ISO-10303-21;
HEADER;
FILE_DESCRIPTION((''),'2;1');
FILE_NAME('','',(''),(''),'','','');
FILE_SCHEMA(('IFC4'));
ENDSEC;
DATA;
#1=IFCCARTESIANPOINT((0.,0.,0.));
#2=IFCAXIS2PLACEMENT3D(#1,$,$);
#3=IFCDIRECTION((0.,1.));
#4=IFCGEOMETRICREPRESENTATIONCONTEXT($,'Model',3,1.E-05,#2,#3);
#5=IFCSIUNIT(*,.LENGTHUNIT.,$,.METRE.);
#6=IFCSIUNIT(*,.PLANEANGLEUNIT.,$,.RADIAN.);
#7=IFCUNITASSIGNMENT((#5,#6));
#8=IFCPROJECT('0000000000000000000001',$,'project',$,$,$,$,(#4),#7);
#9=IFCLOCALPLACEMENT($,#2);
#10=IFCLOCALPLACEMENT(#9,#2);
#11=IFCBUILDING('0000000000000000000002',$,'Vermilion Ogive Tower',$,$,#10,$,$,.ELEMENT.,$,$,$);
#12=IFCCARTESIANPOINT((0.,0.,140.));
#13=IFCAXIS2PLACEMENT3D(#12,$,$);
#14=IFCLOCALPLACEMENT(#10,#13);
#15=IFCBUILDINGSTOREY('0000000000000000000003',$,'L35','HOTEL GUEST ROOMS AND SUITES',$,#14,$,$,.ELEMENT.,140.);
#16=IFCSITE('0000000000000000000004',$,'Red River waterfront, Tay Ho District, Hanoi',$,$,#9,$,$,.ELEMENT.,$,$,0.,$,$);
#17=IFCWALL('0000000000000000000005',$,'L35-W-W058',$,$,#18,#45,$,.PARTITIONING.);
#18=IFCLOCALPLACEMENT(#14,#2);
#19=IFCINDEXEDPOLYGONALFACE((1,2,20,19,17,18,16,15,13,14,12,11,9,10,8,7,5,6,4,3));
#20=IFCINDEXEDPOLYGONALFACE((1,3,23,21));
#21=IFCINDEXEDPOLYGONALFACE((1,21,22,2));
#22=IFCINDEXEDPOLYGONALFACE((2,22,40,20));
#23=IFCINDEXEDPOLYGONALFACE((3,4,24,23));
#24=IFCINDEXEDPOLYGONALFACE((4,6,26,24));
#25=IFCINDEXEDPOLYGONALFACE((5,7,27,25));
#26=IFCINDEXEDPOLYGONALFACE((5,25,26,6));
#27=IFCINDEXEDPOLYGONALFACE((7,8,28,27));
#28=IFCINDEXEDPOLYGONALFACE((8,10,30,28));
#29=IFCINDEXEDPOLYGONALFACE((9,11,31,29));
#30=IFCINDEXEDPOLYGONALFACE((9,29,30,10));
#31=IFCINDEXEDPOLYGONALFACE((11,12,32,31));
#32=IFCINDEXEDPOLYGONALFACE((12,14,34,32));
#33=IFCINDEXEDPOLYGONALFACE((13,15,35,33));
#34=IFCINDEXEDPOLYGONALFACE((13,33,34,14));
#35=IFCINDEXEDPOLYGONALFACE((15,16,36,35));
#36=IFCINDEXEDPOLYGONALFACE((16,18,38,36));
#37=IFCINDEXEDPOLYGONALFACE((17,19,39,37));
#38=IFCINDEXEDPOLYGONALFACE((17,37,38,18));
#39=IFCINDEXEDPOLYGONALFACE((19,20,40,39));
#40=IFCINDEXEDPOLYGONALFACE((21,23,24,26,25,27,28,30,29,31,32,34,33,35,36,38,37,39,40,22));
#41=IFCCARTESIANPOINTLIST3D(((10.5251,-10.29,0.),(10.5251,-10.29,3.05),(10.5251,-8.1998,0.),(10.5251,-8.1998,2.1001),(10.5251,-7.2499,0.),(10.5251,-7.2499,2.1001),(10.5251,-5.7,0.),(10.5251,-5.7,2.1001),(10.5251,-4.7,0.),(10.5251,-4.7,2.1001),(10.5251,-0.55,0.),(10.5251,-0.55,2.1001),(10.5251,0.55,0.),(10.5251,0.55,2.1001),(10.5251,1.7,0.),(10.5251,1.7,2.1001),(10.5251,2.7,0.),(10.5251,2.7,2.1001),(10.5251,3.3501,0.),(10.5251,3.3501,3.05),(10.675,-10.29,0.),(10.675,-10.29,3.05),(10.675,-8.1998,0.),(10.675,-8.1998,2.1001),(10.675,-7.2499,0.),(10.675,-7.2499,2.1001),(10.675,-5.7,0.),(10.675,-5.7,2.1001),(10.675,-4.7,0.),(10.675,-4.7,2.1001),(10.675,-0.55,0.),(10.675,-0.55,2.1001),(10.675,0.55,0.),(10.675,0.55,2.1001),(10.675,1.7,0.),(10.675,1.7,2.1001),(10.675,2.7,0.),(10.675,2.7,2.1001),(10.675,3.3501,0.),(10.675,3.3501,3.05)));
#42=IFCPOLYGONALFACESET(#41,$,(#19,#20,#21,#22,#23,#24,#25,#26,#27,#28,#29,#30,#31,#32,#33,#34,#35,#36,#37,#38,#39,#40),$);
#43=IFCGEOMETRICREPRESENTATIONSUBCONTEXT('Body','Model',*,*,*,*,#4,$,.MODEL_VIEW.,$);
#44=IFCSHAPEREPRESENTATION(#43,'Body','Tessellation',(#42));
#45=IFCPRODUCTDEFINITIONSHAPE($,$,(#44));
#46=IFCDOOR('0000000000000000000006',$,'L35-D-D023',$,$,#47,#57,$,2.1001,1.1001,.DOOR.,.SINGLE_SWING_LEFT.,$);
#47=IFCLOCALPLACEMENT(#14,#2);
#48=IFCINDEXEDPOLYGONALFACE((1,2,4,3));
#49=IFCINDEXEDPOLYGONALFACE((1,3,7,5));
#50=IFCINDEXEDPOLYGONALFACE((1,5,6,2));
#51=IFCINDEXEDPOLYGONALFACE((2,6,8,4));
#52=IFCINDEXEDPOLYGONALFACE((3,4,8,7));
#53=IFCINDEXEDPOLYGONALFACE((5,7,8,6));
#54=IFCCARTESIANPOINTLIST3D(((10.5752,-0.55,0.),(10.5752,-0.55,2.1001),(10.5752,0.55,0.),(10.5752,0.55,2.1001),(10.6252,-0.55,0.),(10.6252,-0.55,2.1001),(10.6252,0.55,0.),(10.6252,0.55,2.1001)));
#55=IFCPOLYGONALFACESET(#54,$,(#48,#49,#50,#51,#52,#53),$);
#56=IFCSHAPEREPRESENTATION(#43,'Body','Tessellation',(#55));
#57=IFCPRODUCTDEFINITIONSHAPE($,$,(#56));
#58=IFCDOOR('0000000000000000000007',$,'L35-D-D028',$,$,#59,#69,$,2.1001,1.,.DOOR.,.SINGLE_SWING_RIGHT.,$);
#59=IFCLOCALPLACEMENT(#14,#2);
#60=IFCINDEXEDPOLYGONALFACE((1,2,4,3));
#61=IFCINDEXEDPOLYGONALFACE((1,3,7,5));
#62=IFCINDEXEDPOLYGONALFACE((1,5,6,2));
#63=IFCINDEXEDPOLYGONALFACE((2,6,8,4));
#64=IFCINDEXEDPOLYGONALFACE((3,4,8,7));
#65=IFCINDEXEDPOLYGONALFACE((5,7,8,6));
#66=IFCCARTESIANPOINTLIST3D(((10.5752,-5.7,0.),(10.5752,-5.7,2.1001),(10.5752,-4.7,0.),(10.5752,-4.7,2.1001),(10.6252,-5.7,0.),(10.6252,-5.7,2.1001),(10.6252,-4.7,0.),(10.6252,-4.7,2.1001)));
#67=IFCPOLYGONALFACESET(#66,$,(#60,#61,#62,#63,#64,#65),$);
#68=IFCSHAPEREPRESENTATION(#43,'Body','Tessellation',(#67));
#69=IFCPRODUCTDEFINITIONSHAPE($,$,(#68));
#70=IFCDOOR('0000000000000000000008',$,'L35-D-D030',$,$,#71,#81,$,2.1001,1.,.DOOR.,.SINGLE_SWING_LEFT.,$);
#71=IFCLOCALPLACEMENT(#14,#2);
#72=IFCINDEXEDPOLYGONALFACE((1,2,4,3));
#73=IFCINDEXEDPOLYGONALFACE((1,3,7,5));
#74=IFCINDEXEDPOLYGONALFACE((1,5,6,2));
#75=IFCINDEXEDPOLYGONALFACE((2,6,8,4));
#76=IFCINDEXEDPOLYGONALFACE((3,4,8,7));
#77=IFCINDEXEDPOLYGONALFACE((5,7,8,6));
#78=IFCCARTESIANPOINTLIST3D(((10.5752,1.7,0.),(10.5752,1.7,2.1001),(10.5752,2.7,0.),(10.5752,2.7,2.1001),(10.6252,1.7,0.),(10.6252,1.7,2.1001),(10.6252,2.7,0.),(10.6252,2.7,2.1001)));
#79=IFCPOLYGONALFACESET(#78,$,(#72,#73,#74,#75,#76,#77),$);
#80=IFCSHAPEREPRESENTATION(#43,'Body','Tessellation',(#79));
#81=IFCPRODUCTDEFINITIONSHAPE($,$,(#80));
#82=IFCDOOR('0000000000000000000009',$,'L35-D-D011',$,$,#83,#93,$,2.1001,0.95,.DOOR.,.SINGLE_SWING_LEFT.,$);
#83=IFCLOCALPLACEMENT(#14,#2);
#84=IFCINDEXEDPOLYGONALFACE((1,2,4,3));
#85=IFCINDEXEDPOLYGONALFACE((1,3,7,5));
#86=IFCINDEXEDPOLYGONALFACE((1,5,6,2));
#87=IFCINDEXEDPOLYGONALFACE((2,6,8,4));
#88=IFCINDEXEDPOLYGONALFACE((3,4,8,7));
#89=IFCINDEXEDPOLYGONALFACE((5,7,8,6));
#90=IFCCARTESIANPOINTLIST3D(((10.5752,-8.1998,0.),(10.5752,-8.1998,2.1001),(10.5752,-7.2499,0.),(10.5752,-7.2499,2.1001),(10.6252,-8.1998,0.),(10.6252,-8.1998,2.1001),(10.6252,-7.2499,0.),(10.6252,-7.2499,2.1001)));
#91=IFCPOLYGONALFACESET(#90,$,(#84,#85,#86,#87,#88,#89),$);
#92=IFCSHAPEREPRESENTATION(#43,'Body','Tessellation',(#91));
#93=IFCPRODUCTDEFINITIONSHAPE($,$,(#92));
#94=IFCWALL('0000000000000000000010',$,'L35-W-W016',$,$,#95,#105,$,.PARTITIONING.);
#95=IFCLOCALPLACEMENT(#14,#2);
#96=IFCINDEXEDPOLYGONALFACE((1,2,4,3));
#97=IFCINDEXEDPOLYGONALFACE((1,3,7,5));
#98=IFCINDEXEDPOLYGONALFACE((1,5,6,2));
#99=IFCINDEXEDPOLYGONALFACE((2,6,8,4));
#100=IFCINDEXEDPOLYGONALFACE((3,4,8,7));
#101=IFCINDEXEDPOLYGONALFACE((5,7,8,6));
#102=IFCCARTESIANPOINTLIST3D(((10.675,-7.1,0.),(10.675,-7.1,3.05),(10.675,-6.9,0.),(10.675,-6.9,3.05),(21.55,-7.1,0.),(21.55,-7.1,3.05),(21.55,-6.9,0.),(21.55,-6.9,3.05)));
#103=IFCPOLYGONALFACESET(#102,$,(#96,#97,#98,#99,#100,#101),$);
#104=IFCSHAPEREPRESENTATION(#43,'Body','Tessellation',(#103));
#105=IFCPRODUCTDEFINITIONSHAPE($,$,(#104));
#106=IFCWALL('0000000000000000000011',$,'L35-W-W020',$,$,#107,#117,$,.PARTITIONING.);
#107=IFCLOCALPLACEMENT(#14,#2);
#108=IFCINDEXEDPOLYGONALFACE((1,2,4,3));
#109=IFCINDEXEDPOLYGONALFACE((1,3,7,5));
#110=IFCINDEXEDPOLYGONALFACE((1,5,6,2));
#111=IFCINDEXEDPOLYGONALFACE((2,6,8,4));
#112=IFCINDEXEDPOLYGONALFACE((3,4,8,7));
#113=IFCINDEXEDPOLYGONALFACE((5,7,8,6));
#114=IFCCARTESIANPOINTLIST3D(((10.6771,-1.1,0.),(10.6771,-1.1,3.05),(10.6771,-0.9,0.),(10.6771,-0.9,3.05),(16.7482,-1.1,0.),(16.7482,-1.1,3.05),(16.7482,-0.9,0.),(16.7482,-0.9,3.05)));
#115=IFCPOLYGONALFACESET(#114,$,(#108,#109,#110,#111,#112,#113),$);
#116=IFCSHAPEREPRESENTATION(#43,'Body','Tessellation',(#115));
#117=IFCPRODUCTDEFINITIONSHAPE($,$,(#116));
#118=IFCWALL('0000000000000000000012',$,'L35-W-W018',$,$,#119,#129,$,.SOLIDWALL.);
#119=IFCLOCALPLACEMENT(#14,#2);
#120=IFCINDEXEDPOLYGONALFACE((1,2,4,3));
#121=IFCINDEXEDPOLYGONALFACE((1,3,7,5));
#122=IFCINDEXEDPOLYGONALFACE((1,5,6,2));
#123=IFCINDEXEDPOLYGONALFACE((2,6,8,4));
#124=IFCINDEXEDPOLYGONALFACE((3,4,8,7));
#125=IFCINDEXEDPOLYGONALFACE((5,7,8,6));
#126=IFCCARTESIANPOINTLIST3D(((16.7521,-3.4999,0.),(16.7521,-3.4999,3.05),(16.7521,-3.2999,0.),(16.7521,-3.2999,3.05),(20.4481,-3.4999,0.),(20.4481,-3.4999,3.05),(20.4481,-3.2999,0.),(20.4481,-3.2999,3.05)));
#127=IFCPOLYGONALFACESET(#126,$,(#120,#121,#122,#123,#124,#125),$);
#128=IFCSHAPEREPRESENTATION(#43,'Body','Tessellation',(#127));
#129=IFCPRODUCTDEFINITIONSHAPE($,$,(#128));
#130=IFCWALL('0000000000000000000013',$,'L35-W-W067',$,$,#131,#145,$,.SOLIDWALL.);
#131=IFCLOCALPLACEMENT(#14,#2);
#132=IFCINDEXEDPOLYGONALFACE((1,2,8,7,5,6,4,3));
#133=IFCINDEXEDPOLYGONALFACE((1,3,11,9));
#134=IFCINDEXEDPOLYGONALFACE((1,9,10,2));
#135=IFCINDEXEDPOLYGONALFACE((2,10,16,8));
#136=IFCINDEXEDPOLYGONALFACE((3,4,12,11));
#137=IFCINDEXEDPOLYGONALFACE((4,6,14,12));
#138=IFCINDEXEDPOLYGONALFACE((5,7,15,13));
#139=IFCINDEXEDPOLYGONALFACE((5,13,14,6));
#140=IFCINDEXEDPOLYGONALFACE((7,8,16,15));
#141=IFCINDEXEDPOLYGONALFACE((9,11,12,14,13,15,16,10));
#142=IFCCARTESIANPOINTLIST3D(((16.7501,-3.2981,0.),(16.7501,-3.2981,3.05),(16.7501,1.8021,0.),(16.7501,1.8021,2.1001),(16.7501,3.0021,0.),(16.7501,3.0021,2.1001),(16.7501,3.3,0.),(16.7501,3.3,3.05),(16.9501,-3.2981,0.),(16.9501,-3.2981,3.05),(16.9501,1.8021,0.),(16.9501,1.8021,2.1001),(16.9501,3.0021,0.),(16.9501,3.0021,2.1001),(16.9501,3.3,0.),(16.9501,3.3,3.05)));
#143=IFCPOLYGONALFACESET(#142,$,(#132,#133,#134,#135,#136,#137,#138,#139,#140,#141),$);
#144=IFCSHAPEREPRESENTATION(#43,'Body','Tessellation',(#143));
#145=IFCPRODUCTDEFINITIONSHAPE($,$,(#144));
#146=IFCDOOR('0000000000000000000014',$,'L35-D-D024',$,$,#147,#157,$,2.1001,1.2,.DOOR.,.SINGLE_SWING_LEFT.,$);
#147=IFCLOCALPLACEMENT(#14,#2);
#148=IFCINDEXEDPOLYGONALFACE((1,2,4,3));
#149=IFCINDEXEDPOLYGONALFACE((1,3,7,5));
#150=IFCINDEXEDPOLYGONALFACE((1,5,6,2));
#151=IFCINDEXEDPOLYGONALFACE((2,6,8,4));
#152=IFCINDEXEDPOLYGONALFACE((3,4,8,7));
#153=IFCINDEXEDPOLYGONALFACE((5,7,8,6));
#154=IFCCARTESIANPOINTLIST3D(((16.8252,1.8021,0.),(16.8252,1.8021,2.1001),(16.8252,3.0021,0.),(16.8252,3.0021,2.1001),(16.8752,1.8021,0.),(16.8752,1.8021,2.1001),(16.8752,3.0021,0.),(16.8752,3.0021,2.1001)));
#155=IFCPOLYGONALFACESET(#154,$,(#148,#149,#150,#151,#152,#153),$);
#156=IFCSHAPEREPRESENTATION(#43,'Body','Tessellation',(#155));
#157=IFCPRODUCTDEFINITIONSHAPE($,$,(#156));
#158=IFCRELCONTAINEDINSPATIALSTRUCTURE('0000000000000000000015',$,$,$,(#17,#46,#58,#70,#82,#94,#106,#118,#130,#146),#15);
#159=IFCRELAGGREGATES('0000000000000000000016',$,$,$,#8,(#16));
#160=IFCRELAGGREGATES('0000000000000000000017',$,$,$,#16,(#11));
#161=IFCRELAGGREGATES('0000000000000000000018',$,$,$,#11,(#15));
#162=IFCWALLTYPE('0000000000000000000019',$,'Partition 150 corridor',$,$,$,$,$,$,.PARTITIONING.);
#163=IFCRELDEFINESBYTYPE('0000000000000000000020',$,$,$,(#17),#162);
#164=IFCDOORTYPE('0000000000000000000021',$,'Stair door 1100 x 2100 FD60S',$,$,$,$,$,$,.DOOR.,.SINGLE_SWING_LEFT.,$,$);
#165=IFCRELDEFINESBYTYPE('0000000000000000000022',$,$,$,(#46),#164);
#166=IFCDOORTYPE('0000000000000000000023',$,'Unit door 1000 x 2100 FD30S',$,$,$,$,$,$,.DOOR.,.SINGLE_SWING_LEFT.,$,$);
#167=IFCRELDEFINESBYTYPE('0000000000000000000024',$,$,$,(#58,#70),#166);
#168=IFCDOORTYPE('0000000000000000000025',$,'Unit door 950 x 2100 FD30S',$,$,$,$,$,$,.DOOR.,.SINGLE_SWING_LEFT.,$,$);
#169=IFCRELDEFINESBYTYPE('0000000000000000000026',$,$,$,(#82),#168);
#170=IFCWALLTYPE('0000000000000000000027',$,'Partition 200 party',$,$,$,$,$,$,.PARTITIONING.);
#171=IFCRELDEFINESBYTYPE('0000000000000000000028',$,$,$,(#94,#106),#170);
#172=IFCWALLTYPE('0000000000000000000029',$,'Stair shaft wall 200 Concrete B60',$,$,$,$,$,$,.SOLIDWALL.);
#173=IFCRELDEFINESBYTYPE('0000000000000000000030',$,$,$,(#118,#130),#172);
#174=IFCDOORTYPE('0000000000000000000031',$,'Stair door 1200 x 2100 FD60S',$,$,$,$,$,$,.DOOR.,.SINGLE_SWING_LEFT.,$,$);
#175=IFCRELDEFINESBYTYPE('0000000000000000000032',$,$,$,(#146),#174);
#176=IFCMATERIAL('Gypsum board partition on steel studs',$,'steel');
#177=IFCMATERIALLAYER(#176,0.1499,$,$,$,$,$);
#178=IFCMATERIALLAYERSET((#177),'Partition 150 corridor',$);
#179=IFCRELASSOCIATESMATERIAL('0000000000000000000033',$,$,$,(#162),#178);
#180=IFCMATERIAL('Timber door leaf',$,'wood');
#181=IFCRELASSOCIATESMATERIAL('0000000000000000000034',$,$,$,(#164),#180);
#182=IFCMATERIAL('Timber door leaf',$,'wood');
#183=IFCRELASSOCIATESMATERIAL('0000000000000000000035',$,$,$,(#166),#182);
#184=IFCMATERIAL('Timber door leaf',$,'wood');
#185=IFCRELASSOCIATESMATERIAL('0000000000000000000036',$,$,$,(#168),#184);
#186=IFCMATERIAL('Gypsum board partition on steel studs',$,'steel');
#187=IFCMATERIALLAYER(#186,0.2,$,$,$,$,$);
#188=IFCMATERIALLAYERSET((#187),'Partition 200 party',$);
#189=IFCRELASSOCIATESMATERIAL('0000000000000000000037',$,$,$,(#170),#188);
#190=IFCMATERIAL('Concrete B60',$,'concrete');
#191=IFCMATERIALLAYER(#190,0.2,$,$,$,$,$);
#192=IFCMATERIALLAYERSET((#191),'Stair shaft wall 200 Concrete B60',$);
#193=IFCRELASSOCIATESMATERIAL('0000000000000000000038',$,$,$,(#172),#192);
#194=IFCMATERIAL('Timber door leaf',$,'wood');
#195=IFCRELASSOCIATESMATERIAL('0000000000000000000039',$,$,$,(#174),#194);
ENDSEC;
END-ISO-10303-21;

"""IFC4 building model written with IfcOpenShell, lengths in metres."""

from ifc_helpers import new_model, si_unit, direction, frame, frame_2d, origin, place, context, subcontext, project, spatial, rectangle, extrude, material, layer, layer_set, type_object, element, fill, save


model = new_model("IFC4")

# Units and contexts
model_context = context("Model", 3, precision=1e-05, world=origin(), true_north=direction((0.0, 1.0)))
body_context = subcontext(model_context, "Body", "Model", "MODEL_VIEW")
ifc_project = project(units=[si_unit("LENGTHUNIT", "METRE"), si_unit("PLANEANGLEUNIT", "RADIAN")], contexts=[model_context])

# Site, building, storey
site_placement = place(None, origin())
site = spatial("IfcSite", under=ifc_project, at=site_placement, Name="Red River waterfront, Tay Ho District, Hanoi", CompositionType="ELEMENT", RefElevation=0.0)
building_placement = place(site_placement, origin())
building = spatial("IfcBuilding", under=site, at=building_placement, Name="Vermilion Ogive Tower", CompositionType="ELEMENT")
storey_placement = place(building_placement, frame((0.0, 0.0, 140.0)))
storey = spatial("IfcBuildingStorey", under=building, at=storey_placement, Name="L35", Description="HOTEL GUEST ROOMS AND SUITES", CompositionType="ELEMENT", Elevation=140.0)

# Wall, openings, doors
ifc_material_1 = material(Name="Gypsum board partition on steel studs", Category="steel")
ifc_layer_1 = layer(ifc_material_1, 0.1499)
ifc_layer_set_1 = layer_set([ifc_layer_1], Name="Partition 150 corridor")
wall_type_1 = type_object("IfcWallType", Name="Partition 150 corridor", PredefinedType="PARTITIONING", material=ifc_layer_set_1)
wall_1_placement = place(storey_placement, frame((10.6001, -10.29, 0.0), z_axis=(0.0, 0.0, 1.0), x_axis=(0.0, 1.0, 0.0)))
wall_1 = element("IfcWall", 1, at=wall_1_placement, inside=storey, type_object=wall_type_1, Name="L35-W-W058", PredefinedType="PARTITIONING", context=body_context, shape_type="SweptSolid", body=[
    extrude(rectangle(XDim=13.6401, YDim=0.1499, at=frame_2d((6.8201, 0.0))), origin(), (0.0, 0.0, 1.0), 3.05),
])
opening_1_placement = place(wall_1_placement, frame((2.0901, 0.0, 0.0)))
opening_1 = element("IfcOpeningElement", 2, at=opening_1_placement, cuts=wall_1, PredefinedType="OPENING", context=body_context, shape_type="SweptSolid", body=[
    extrude(rectangle(XDim=0.95, YDim=2.1001, at=frame_2d((0.4751, 1.05))), frame((0.0, 0.085, 0.0), z_axis=(0.0, -1.0, 0.0), x_axis=(1.0, 0.0, 0.0)), (0.0, 0.0, 1.0), 0.1699),
])
opening_2_placement = place(wall_1_placement, frame((9.74, 0.0, 0.0)))
opening_2 = element("IfcOpeningElement", 3, at=opening_2_placement, cuts=wall_1, PredefinedType="OPENING", context=body_context, shape_type="SweptSolid", body=[
    extrude(rectangle(XDim=1.1001, YDim=2.1001, at=frame_2d((0.55, 1.05))), frame((0.0, 0.085, 0.0), z_axis=(0.0, -1.0, 0.0), x_axis=(1.0, 0.0, 0.0)), (0.0, 0.0, 1.0), 0.1699),
])
opening_3_placement = place(wall_1_placement, frame((4.5901, 0.0, 0.0)))
opening_3 = element("IfcOpeningElement", 4, at=opening_3_placement, cuts=wall_1, PredefinedType="OPENING", context=body_context, shape_type="SweptSolid", body=[
    extrude(rectangle(XDim=1.0, YDim=2.1001, at=frame_2d((0.5, 1.05))), frame((0.0, 0.085, 0.0), z_axis=(0.0, -1.0, 0.0), x_axis=(1.0, 0.0, 0.0)), (0.0, 0.0, 1.0), 0.1699),
])
opening_4_placement = place(wall_1_placement, frame((11.99, 0.0, 0.0)))
opening_4 = element("IfcOpeningElement", 5, at=opening_4_placement, cuts=wall_1, PredefinedType="OPENING", context=body_context, shape_type="SweptSolid", body=[
    extrude(rectangle(XDim=1.0, YDim=2.1001, at=frame_2d((0.5, 1.05))), frame((0.0, 0.085, 0.0), z_axis=(0.0, -1.0, 0.0), x_axis=(1.0, 0.0, 0.0)), (0.0, 0.0, 1.0), 0.1699),
])
ifc_material_2 = material(Name="Timber door leaf", Category="wood")
door_type_1 = type_object("IfcDoorType", Name="Stair door 1100 x 2100 FD60S", OperationType="SINGLE_SWING_LEFT", PredefinedType="DOOR", material=ifc_material_2)
door_1_placement = place(opening_2_placement, origin())
door_1 = element("IfcDoor", 6, at=door_1_placement, inside=storey, type_object=door_type_1, Name="L35-D-D023", OperationType="SINGLE_SWING_LEFT", OverallHeight=2.1001, OverallWidth=1.1001, PredefinedType="DOOR", context=body_context, shape_type="SweptSolid", body=[
    extrude(rectangle(XDim=1.1001, YDim=2.1001, at=frame_2d((0.55, 1.05))), frame((0.0, 0.0249, 0.0), z_axis=(0.0, -1.0, 0.0), x_axis=(1.0, 0.0, 0.0)), (0.0, 0.0, 1.0), 0.05),
])
fill(opening_2, door_1)
ifc_material_3 = material(Name="Timber door leaf", Category="wood")
door_type_2 = type_object("IfcDoorType", Name="Unit door 1000 x 2100 FD30S", OperationType="SINGLE_SWING_LEFT", PredefinedType="DOOR", material=ifc_material_3)
door_2_placement = place(opening_3_placement, origin())
door_2 = element("IfcDoor", 7, at=door_2_placement, inside=storey, type_object=door_type_2, Name="L35-D-D028", OperationType="SINGLE_SWING_RIGHT", OverallHeight=2.1001, OverallWidth=1.0, PredefinedType="DOOR", context=body_context, shape_type="SweptSolid", body=[
    extrude(rectangle(XDim=1.0, YDim=2.1001, at=frame_2d((0.5, 1.05))), frame((0.0, 0.0249, 0.0), z_axis=(0.0, -1.0, 0.0), x_axis=(1.0, 0.0, 0.0)), (0.0, 0.0, 1.0), 0.05),
])
fill(opening_3, door_2)
door_3_placement = place(opening_4_placement, origin())
door_3 = element("IfcDoor", 8, at=door_3_placement, inside=storey, type_object=door_type_2, Name="L35-D-D030", OperationType="SINGLE_SWING_LEFT", OverallHeight=2.1001, OverallWidth=1.0, PredefinedType="DOOR", context=body_context, shape_type="SweptSolid", body=[
    extrude(rectangle(XDim=1.0, YDim=2.1001, at=frame_2d((0.5, 1.05))), frame((0.0, 0.0249, 0.0), z_axis=(0.0, -1.0, 0.0), x_axis=(1.0, 0.0, 0.0)), (0.0, 0.0, 1.0), 0.05),
])
fill(opening_4, door_3)
ifc_material_4 = material(Name="Timber door leaf", Category="wood")
door_type_3 = type_object("IfcDoorType", Name="Unit door 950 x 2100 FD30S", OperationType="SINGLE_SWING_LEFT", PredefinedType="DOOR", material=ifc_material_4)
door_4_placement = place(opening_1_placement, origin())
door_4 = element("IfcDoor", 9, at=door_4_placement, inside=storey, type_object=door_type_3, Name="L35-D-D011", OperationType="SINGLE_SWING_LEFT", OverallHeight=2.1001, OverallWidth=0.95, PredefinedType="DOOR", context=body_context, shape_type="SweptSolid", body=[
    extrude(rectangle(XDim=0.95, YDim=2.1001, at=frame_2d((0.4751, 1.05))), frame((0.0, 0.0249, 0.0), z_axis=(0.0, -1.0, 0.0), x_axis=(1.0, 0.0, 0.0)), (0.0, 0.0, 1.0), 0.05),
])
fill(opening_1, door_4)

# Walls
ifc_material_5 = material(Name="Gypsum board partition on steel studs", Category="steel")
ifc_layer_2 = layer(ifc_material_5, 0.2)
ifc_layer_set_2 = layer_set([ifc_layer_2], Name="Partition 200 party")
wall_type_2 = type_object("IfcWallType", Name="Partition 200 party", PredefinedType="PARTITIONING", material=ifc_layer_set_2)
wall_2_placement = place(storey_placement, frame((10.675, -7.0, 0.0), z_axis=(0.0, 0.0, 1.0), x_axis=(1.0, 0.0, 0.0)))
element("IfcWall", 10, at=wall_2_placement, inside=storey, type_object=wall_type_2, Name="L35-W-W016", PredefinedType="PARTITIONING", context=body_context, shape_type="SweptSolid", body=[
    extrude(rectangle(XDim=10.875, YDim=0.2, at=frame_2d((5.4375, 0.0))), origin(), (0.0, 0.0, 1.0), 3.05),
])
wall_3_placement = place(storey_placement, frame((10.677, -1.0, 0.0), z_axis=(0.0, 0.0, 1.0), x_axis=(1.0, 0.0, 0.0)))
element("IfcWall", 11, at=wall_3_placement, inside=storey, type_object=wall_type_2, Name="L35-W-W020", PredefinedType="PARTITIONING", context=body_context, shape_type="SweptSolid", body=[
    extrude(rectangle(XDim=6.071, YDim=0.2, at=frame_2d((3.0356, 0.0))), origin(), (0.0, 0.0, 1.0), 3.05),
])
ifc_material_6 = material(Name="Concrete B60", Category="concrete")
ifc_layer_3 = layer(ifc_material_6, 0.2)
ifc_layer_set_3 = layer_set([ifc_layer_3], Name="Stair shaft wall 200 Concrete B60")
wall_type_3 = type_object("IfcWallType", Name="Stair shaft wall 200 Concrete B60", PredefinedType="SOLIDWALL", material=ifc_layer_set_3)
wall_4_placement = place(storey_placement, frame((16.752, -3.3999, 0.0), z_axis=(0.0, 0.0, 1.0), x_axis=(1.0, 0.0, 0.0)))
element("IfcWall", 12, at=wall_4_placement, inside=storey, type_object=wall_type_3, Name="L35-W-W018", PredefinedType="SOLIDWALL", context=body_context, shape_type="SweptSolid", body=[
    extrude(rectangle(XDim=3.696, YDim=0.2, at=frame_2d((1.8481, 0.0))), origin(), (0.0, 0.0, 1.0), 3.05),
])

# Wall, opening, door
wall_5_placement = place(storey_placement, frame((16.8501, -3.2981, 0.0), z_axis=(0.0, 0.0, 1.0), x_axis=(0.0, 1.0, 0.0)))
wall_5 = element("IfcWall", 13, at=wall_5_placement, inside=storey, type_object=wall_type_3, Name="L35-W-W067", PredefinedType="SOLIDWALL", context=body_context, shape_type="SweptSolid", body=[
    extrude(rectangle(XDim=6.5981, YDim=0.2, at=frame_2d((3.2991, 0.0))), origin(), (0.0, 0.0, 1.0), 3.05),
])
opening_5_placement = place(wall_5_placement, frame((5.1001, 0.0, 0.0)))
opening_5 = element("IfcOpeningElement", 14, at=opening_5_placement, cuts=wall_5, PredefinedType="OPENING", context=body_context, shape_type="SweptSolid", body=[
    extrude(rectangle(XDim=1.2, YDim=2.1001, at=frame_2d((0.6001, 1.05))), frame((0.0, 0.1099, 0.0), z_axis=(0.0, -1.0, 0.0), x_axis=(1.0, 0.0, 0.0)), (0.0, 0.0, 1.0), 0.22),
])
ifc_material_7 = material(Name="Timber door leaf", Category="wood")
door_type_4 = type_object("IfcDoorType", Name="Stair door 1200 x 2100 FD60S", OperationType="SINGLE_SWING_LEFT", PredefinedType="DOOR", material=ifc_material_7)
door_5_placement = place(opening_5_placement, origin())
door_5 = element("IfcDoor", 15, at=door_5_placement, inside=storey, type_object=door_type_4, Name="L35-D-D024", OperationType="SINGLE_SWING_LEFT", OverallHeight=2.1001, OverallWidth=1.2, PredefinedType="DOOR", context=body_context, shape_type="SweptSolid", body=[
    extrude(rectangle(XDim=1.2, YDim=2.1001, at=frame_2d((0.6001, 1.05))), frame((0.0, 0.0249, 0.0), z_axis=(0.0, -1.0, 0.0), x_axis=(1.0, 0.0, 0.0)), (0.0, 0.0, 1.0), 0.05),
])
fill(opening_5, door_5)

save(model, "model.ifc")
